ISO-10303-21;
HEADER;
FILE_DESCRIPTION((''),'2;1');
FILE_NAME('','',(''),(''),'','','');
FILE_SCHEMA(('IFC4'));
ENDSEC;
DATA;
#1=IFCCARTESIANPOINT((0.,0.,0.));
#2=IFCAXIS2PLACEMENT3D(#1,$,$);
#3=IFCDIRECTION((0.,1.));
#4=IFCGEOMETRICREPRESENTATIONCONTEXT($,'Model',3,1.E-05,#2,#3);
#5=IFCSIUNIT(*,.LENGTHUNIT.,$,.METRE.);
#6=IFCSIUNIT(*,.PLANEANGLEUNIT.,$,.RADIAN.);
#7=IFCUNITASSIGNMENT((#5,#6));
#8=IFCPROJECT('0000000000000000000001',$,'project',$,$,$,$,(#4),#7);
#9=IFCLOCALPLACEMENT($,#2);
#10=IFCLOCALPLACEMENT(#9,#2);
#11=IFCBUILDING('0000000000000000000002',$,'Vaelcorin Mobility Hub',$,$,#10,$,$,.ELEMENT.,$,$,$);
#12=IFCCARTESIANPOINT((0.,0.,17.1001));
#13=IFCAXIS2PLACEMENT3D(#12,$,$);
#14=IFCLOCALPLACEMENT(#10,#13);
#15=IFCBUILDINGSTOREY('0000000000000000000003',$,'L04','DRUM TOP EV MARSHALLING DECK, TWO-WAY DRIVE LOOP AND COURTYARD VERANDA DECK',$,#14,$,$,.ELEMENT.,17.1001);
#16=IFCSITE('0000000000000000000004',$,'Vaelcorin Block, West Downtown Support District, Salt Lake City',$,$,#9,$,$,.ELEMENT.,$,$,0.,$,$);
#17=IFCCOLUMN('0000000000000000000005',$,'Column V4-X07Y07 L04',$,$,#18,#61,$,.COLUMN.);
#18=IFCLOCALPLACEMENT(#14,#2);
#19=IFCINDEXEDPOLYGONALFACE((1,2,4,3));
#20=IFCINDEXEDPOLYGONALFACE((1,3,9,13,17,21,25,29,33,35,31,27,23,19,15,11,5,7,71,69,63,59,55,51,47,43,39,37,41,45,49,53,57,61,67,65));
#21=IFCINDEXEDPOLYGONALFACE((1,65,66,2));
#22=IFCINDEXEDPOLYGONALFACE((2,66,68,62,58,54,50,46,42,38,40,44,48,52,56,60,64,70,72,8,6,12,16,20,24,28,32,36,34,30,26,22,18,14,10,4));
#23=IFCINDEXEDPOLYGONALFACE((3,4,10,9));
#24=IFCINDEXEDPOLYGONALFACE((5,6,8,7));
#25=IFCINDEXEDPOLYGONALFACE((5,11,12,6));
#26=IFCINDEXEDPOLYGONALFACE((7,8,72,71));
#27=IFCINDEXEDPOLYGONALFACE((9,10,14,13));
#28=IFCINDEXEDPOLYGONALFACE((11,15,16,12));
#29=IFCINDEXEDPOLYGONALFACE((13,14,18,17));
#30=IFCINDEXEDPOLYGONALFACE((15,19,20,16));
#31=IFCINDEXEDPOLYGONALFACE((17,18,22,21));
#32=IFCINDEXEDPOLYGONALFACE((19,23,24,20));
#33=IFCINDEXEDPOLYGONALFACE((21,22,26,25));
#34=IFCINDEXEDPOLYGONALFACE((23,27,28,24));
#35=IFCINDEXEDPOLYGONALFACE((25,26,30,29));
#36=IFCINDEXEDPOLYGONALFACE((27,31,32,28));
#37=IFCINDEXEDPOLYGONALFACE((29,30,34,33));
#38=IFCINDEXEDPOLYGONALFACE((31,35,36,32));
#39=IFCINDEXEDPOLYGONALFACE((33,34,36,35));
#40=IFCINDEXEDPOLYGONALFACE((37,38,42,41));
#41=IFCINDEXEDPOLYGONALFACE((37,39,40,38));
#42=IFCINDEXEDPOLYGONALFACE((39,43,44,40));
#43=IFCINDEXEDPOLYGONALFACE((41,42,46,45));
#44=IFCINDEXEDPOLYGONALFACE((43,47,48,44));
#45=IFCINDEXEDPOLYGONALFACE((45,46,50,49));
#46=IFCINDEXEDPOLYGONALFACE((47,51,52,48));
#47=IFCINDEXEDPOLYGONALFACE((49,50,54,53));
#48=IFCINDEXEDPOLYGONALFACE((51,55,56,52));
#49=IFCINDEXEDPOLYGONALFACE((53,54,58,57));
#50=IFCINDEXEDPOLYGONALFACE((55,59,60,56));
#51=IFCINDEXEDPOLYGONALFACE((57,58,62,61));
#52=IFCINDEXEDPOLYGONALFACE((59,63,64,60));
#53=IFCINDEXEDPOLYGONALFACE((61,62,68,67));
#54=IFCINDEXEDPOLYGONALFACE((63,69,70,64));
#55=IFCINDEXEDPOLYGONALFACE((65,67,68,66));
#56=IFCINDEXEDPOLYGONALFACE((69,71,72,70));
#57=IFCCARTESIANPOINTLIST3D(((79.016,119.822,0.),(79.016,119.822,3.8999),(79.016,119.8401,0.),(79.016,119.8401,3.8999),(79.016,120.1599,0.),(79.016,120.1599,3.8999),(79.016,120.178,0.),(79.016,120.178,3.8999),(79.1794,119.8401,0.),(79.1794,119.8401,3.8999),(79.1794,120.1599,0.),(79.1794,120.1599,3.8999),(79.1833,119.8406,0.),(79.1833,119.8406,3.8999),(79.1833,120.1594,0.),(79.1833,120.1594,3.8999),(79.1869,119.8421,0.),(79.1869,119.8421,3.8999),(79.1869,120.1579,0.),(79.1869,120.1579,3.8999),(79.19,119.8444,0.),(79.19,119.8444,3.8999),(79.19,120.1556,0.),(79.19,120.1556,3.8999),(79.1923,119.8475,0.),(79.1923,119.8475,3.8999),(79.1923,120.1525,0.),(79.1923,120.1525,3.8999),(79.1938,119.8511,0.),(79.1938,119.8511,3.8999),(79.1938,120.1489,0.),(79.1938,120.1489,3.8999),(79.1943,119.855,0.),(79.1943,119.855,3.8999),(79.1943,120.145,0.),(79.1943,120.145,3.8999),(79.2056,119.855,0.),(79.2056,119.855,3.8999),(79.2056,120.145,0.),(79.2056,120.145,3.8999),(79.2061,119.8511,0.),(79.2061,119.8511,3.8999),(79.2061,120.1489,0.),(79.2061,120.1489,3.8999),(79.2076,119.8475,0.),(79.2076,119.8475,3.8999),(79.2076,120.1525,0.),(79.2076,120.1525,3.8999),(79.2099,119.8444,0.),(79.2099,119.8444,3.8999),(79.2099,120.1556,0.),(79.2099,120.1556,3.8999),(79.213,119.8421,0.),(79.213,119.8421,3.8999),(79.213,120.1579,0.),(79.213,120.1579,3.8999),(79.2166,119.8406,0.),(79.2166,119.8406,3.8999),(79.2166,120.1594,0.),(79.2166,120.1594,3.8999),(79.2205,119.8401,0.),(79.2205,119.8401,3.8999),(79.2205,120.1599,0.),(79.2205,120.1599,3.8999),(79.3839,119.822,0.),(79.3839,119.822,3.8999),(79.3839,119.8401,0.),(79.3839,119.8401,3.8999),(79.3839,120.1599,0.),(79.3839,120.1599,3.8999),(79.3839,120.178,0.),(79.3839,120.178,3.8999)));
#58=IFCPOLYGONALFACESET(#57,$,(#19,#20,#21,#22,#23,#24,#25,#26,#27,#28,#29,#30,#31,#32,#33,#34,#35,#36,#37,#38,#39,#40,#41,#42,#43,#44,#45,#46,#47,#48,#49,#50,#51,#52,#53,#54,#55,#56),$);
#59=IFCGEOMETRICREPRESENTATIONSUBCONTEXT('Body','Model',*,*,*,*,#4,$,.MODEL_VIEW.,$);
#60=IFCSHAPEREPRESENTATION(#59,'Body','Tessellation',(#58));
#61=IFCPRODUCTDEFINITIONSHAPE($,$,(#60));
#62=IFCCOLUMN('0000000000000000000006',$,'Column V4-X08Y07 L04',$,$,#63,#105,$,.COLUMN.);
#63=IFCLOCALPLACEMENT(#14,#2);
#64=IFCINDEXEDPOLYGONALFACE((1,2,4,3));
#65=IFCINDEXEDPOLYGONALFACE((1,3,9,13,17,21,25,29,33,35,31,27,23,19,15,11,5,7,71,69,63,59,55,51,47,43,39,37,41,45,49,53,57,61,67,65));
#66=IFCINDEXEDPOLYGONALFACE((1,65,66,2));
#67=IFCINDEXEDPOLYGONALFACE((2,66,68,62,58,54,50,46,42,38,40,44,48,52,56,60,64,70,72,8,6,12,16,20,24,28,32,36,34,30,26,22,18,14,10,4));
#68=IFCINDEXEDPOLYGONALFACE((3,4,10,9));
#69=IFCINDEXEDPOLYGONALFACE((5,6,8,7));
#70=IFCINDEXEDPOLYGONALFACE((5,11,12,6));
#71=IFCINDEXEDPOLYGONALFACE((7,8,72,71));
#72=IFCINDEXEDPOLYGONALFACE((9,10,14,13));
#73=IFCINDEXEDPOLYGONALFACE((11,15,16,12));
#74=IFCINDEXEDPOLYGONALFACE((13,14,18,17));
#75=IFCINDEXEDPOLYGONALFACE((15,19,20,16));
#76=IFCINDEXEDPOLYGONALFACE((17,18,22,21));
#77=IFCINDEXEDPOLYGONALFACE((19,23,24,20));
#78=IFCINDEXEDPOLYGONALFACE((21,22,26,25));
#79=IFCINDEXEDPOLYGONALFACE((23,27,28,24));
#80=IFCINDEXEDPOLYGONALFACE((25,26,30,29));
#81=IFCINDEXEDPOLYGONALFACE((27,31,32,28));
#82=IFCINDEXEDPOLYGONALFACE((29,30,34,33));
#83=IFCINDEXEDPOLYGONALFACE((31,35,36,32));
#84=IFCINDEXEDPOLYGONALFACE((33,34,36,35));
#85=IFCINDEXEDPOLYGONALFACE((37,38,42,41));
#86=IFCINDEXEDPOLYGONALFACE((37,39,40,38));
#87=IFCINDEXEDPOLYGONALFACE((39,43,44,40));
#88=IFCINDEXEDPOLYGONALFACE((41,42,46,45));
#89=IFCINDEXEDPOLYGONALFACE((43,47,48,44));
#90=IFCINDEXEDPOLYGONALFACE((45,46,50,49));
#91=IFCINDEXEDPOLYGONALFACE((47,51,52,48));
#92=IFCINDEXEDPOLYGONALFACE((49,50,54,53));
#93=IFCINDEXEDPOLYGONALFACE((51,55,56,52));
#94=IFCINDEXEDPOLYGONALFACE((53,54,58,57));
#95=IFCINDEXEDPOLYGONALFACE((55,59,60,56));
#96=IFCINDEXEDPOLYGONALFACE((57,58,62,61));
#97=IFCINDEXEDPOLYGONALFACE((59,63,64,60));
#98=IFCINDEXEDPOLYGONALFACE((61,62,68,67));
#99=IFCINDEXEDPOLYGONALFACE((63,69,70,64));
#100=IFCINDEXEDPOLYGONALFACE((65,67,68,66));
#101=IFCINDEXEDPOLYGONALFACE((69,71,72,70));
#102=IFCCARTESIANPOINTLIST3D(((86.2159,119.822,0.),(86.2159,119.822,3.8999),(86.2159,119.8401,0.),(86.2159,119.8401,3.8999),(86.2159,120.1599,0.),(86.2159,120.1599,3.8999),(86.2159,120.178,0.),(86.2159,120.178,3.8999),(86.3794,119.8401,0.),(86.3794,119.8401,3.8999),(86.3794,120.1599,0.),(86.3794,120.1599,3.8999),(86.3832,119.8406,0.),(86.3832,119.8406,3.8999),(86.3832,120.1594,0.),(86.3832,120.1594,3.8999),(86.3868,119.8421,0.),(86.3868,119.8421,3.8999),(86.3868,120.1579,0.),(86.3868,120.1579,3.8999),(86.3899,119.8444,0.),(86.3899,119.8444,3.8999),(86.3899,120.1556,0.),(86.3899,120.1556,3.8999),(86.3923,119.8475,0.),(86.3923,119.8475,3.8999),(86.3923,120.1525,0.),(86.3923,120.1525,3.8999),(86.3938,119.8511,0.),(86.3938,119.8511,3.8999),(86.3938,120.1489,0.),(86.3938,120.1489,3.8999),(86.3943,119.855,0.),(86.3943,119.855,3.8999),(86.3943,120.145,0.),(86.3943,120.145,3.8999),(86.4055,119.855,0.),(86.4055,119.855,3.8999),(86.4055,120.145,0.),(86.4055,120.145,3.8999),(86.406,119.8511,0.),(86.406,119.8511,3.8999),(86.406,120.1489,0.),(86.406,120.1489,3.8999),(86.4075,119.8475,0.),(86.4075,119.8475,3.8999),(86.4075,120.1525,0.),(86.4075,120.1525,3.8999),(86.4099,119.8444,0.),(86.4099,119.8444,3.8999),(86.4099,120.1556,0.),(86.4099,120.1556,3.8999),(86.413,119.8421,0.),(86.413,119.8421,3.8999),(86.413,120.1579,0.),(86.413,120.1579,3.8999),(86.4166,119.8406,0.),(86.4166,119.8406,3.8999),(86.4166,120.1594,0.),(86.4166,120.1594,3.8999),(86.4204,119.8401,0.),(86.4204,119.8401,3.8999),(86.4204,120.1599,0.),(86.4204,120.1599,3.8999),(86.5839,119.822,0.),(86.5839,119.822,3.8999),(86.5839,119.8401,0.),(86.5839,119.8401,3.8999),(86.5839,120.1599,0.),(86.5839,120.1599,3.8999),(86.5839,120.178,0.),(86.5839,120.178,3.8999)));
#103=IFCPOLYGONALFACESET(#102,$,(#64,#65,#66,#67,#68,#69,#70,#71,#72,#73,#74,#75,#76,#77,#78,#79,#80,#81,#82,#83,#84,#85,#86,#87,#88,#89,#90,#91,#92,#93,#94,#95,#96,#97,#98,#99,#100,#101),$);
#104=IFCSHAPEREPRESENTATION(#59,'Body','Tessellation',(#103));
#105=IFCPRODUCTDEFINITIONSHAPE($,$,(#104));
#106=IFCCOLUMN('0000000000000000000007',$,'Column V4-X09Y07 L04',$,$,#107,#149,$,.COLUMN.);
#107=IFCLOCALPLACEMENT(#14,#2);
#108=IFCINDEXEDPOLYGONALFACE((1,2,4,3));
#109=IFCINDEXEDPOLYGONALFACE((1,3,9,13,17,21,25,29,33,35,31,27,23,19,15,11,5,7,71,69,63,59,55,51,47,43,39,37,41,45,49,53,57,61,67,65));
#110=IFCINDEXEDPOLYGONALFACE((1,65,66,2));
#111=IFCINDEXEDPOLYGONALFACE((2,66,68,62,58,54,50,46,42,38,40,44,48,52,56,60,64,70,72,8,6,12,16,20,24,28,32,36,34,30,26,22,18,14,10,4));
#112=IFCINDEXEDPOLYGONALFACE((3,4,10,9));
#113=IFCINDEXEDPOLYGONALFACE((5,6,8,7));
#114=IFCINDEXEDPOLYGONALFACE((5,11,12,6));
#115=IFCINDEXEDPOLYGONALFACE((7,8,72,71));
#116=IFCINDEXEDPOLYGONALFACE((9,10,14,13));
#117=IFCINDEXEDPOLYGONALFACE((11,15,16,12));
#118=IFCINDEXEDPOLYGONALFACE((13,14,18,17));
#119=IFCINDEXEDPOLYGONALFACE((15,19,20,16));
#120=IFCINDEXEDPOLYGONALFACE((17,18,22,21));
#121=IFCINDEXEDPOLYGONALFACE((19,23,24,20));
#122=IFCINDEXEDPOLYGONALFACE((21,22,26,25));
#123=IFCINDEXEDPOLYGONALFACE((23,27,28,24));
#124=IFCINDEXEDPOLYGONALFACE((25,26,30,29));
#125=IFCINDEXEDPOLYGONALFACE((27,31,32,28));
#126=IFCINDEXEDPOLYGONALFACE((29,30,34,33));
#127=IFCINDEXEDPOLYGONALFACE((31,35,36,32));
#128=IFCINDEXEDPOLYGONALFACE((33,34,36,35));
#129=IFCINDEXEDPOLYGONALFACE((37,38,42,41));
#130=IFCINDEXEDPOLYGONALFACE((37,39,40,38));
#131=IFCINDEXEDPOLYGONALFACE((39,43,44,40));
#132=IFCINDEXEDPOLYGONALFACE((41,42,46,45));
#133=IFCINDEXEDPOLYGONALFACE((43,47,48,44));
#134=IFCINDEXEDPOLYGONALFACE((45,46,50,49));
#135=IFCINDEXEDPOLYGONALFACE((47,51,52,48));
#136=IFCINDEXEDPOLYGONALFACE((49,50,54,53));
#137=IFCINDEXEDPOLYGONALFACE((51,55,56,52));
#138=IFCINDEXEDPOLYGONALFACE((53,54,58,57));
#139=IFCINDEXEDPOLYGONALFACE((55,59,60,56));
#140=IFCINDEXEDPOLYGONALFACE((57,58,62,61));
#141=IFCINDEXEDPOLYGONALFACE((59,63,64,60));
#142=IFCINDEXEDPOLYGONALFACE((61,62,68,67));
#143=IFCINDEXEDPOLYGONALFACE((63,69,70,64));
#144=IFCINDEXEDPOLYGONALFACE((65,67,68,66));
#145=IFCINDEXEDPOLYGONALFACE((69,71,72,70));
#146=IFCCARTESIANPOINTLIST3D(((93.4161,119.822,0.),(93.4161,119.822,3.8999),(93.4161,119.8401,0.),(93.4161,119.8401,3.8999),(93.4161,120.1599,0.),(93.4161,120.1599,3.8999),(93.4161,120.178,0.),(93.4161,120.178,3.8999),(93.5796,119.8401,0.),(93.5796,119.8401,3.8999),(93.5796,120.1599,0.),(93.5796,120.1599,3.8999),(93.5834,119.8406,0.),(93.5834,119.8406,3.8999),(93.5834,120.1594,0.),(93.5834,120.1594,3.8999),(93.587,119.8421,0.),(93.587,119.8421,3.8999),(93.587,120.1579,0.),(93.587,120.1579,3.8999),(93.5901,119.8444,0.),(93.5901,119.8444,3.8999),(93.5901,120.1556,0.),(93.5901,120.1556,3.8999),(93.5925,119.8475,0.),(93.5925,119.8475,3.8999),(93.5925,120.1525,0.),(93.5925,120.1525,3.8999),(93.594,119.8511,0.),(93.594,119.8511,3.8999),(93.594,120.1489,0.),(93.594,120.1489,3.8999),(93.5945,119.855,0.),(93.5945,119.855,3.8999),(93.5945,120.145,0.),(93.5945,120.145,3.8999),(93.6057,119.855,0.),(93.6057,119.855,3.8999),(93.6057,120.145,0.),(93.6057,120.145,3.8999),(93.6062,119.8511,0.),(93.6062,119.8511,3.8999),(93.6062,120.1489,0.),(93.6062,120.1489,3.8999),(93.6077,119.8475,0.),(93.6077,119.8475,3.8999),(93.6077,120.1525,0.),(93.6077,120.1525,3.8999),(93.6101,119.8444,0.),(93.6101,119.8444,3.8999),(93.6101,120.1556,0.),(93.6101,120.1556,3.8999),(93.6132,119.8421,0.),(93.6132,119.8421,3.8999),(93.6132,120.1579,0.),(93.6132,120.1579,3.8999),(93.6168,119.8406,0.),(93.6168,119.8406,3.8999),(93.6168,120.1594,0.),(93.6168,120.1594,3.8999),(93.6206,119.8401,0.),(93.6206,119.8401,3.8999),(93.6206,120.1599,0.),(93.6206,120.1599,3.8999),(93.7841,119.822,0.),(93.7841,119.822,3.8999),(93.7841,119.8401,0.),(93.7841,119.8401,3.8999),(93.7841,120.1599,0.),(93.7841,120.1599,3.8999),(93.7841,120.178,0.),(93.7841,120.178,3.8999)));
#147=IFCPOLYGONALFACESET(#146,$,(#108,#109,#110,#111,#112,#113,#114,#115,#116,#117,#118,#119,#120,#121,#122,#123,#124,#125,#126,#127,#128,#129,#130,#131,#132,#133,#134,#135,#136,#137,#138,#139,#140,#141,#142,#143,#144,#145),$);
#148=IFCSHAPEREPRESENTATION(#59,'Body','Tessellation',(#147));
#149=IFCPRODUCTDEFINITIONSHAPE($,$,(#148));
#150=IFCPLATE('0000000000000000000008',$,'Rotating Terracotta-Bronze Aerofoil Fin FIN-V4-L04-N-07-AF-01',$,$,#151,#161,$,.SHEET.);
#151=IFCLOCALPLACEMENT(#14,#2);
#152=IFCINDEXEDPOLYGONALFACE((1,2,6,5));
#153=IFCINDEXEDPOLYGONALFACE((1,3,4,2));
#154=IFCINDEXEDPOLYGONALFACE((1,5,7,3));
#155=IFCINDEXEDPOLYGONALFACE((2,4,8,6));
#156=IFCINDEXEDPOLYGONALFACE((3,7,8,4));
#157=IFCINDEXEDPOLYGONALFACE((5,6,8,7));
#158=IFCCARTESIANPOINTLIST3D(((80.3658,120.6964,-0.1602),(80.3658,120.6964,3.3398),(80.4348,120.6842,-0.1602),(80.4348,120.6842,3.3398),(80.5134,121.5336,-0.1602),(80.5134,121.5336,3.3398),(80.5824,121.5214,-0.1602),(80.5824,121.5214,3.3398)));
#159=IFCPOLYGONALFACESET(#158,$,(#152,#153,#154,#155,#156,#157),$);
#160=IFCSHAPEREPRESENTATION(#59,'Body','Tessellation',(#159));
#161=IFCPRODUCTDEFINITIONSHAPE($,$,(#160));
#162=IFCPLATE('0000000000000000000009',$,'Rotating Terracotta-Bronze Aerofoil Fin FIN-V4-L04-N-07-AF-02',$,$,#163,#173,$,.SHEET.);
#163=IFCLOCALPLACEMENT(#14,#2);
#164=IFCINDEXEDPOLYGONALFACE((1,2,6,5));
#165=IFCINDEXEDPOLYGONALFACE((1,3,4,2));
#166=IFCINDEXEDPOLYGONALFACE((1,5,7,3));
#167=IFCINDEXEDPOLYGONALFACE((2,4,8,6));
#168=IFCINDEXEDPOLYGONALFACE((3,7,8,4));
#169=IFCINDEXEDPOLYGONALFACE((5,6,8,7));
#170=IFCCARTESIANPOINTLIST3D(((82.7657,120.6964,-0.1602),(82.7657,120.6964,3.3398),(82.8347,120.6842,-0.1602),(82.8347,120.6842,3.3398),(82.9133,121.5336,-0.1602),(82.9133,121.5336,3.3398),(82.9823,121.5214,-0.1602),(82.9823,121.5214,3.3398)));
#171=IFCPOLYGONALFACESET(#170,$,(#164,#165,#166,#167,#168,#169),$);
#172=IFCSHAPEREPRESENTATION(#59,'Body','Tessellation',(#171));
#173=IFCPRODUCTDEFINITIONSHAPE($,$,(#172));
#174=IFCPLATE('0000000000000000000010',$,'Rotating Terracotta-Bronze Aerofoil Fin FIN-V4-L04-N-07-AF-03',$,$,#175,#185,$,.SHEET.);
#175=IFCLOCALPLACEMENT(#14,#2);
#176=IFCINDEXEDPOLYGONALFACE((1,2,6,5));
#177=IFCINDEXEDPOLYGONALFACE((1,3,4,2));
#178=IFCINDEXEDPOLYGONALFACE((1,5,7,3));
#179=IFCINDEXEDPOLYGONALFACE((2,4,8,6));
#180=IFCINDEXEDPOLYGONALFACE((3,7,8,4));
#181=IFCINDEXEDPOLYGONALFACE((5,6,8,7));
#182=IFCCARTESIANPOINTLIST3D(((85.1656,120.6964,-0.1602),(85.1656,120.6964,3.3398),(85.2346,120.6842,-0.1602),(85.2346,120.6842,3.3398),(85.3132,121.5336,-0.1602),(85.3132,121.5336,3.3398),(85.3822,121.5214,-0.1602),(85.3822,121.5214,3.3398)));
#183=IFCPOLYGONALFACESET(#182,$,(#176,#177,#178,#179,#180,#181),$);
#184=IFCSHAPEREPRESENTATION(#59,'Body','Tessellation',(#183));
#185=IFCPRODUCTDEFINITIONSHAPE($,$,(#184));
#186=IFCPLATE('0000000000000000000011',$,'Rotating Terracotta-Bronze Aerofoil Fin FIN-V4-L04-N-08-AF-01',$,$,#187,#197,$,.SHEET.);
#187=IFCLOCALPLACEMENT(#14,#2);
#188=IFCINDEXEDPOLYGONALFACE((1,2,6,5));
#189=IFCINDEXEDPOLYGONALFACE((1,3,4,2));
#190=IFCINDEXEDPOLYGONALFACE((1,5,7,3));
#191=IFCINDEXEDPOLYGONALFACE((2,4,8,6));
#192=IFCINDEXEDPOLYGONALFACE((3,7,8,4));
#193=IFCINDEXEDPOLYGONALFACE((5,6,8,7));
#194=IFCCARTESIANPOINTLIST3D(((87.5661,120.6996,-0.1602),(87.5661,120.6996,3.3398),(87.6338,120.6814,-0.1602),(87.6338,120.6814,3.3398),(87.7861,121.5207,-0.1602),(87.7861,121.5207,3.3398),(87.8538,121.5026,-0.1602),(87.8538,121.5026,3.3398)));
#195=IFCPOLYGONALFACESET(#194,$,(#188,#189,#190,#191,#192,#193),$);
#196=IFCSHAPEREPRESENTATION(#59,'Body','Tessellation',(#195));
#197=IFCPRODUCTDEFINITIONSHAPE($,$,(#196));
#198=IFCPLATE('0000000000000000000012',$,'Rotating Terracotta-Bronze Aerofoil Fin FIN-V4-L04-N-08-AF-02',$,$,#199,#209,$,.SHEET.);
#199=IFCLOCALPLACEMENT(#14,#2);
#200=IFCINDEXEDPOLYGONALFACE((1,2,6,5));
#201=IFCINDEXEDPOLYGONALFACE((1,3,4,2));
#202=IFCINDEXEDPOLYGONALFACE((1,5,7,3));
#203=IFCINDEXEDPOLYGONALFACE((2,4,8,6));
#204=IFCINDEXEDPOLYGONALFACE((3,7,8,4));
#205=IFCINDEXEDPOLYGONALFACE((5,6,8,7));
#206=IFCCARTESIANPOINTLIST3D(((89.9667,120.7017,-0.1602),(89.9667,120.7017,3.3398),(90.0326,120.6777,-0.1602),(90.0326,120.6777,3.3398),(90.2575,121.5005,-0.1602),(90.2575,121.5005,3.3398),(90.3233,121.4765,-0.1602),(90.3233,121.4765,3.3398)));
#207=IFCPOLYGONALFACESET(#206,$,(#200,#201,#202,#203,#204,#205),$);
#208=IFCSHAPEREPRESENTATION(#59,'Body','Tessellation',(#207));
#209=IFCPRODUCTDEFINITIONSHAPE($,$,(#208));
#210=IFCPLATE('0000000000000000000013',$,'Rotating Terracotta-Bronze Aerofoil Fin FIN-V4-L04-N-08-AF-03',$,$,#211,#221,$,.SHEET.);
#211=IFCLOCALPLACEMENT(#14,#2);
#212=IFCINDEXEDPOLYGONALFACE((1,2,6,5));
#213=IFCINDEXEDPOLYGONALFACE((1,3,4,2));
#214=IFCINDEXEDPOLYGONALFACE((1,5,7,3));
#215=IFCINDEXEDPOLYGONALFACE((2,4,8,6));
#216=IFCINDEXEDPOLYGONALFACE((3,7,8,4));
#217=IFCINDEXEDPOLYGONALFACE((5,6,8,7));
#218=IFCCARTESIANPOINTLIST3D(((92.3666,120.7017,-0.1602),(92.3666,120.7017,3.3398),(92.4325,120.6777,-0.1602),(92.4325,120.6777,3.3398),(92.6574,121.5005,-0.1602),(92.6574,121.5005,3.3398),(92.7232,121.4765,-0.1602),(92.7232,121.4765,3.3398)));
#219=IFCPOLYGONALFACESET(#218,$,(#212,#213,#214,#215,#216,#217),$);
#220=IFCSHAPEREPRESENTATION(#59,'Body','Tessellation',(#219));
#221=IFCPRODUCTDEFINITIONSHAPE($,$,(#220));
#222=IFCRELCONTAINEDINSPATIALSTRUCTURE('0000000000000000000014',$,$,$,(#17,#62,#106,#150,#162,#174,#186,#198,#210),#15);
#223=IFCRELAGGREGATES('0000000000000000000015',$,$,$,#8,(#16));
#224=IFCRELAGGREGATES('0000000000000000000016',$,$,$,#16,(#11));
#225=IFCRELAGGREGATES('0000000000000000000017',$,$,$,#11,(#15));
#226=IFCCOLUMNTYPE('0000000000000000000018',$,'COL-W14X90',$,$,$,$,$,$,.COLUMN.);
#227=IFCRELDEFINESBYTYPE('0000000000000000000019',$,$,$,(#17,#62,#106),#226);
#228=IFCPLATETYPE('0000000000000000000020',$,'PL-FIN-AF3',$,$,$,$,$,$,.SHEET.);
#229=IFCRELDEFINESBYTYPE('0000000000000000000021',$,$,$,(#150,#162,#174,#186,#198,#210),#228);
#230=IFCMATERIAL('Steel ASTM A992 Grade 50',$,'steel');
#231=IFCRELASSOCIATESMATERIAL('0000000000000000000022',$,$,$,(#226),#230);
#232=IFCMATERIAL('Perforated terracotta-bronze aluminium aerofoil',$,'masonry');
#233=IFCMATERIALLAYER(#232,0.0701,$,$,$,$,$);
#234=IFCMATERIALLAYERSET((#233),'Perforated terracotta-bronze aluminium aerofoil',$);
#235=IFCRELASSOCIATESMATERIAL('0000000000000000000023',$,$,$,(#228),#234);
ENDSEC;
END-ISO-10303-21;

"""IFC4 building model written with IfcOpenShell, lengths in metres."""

from ifc_helpers import new_model, si_unit, direction, frame, origin, origin_2d, place, context, subcontext, project, spatial, rectangle, i_section, extrude, material, layer, layer_set, material_profile, profile_set, type_object, element, save


model = new_model("IFC4")

# Units and contexts
model_context = context("Model", 3, precision=1e-05, world=origin(), true_north=direction((0.0, 1.0)))
body_context = subcontext(model_context, "Body", "Model", "MODEL_VIEW")
ifc_project = project(units=[si_unit("LENGTHUNIT", "METRE"), si_unit("PLANEANGLEUNIT", "RADIAN")], contexts=[model_context])

# Site, building, storey
site_placement = place(None, origin())
site = spatial("IfcSite", under=ifc_project, at=site_placement, Name="Vaelcorin Block, West Downtown Support District, Salt Lake City", CompositionType="ELEMENT", RefElevation=0.0)
building_placement = place(site_placement, origin())
building = spatial("IfcBuilding", under=site, at=building_placement, Name="Vaelcorin Mobility Hub", CompositionType="ELEMENT")
storey_placement = place(building_placement, frame((0.0, 0.0, 17.1001)))
storey = spatial("IfcBuildingStorey", under=building, at=storey_placement, Name="L04", Description="DRUM TOP EV MARSHALLING DECK, TWO-WAY DRIVE LOOP AND COURTYARD VERANDA DECK", CompositionType="ELEMENT", Elevation=17.1001)

# Columns
ifc_material_1 = material(Name="Steel ASTM A992 Grade 50", Category="steel")
ifc_material_profile = material_profile(ifc_material_1, i_section(OverallWidth=0.3679, OverallDepth=0.356, WebThickness=0.0112, FlangeThickness=0.0181, FilletRadius=0.0149, at=origin_2d()), Name="W14X90")
ifc_profile_set = profile_set([ifc_material_profile], Name="Steel ASTM A992 Grade 50")
column_type = type_object("IfcColumnType", Name="COL-W14X90", PredefinedType="COLUMN", material=ifc_profile_set)
for number, where, z_axis, x_axis, name in (
    (1, (79.2, 120.0, 0.0), (0.0, 0.0, 1.0), (1.0, 0.0, 0.0), "Column V4-X07Y07 L04"),
    (2, (86.3999, 120.0, 0.0), (0.0, 0.0, 1.0), (1.0, 0.0, 0.0), "Column V4-X08Y07 L04"),
    (3, (93.6001, 120.0, 0.0), (0.0, 0.0, 1.0), (1.0, 0.0, 0.0), "Column V4-X09Y07 L04"),
):
    element("IfcColumn", number, at=place(storey_placement, frame(where, z_axis=z_axis, x_axis=x_axis)), inside=storey, type_object=column_type, Name=name, PredefinedType="COLUMN", context=body_context, shape_type="SweptSolid", body=[
        extrude(i_section(OverallWidth=0.3679, OverallDepth=0.356, WebThickness=0.0112, FlangeThickness=0.0181, FilletRadius=0.0149, at=origin_2d()), origin(), (0.0, 0.0, 1.0), 3.8999),
    ])

# Plates
ifc_material_2 = material(Name="Perforated terracotta-bronze aluminium aerofoil", Category="masonry")
ifc_layer_1 = layer(ifc_material_2, 0.0701)
ifc_layer_set_1 = layer_set([ifc_layer_1], Name="Perforated terracotta-bronze aluminium aerofoil")
plate_type = type_object("IfcPlateType", Name="PL-FIN-AF3", PredefinedType="SHEET", material=ifc_layer_set_1)
for number, where, z_axis, x_axis, name in (
    (4, (80.4741, 121.1089, -0.1602), (0.0, 0.0, 1.0), (0.173648, 0.984808, 0.0), "Rotating Terracotta-Bronze Aerofoil Fin FIN-V4-L04-N-07-AF-01"),
    (5, (82.874, 121.1089, -0.1602), (0.0, 0.0, 1.0), (0.173648, 0.984808, 0.0), "Rotating Terracotta-Bronze Aerofoil Fin FIN-V4-L04-N-07-AF-02"),
    (6, (85.2739, 121.1089, -0.1602), (0.0, 0.0, 1.0), (0.173648, 0.984808, 0.0), "Rotating Terracotta-Bronze Aerofoil Fin FIN-V4-L04-N-07-AF-03"),
    (7, (87.71, 121.1011, -0.1602), (0.0, 0.0, 1.0), (0.258819, 0.965926, 0.0), "Rotating Terracotta-Bronze Aerofoil Fin FIN-V4-L04-N-08-AF-01"),
    (8, (90.145, 121.0891, -0.1602), (0.0, 0.0, 1.0), (0.34202, 0.939693, 0.0), "Rotating Terracotta-Bronze Aerofoil Fin FIN-V4-L04-N-08-AF-02"),
    (9, (92.5449, 121.0891, -0.1602), (0.0, 0.0, 1.0), (0.34202, 0.939693, 0.0), "Rotating Terracotta-Bronze Aerofoil Fin FIN-V4-L04-N-08-AF-03"),
):
    element("IfcPlate", number, at=place(storey_placement, frame(where, z_axis=z_axis, x_axis=x_axis)), inside=storey, type_object=plate_type, Name=name, PredefinedType="SHEET", context=body_context, shape_type="SweptSolid", body=[
        extrude(rectangle(XDim=0.8501, YDim=0.0701, at=origin_2d()), origin(), (0.0, 0.0, 1.0), 3.5),
    ])

save(model, "model.ifc")
